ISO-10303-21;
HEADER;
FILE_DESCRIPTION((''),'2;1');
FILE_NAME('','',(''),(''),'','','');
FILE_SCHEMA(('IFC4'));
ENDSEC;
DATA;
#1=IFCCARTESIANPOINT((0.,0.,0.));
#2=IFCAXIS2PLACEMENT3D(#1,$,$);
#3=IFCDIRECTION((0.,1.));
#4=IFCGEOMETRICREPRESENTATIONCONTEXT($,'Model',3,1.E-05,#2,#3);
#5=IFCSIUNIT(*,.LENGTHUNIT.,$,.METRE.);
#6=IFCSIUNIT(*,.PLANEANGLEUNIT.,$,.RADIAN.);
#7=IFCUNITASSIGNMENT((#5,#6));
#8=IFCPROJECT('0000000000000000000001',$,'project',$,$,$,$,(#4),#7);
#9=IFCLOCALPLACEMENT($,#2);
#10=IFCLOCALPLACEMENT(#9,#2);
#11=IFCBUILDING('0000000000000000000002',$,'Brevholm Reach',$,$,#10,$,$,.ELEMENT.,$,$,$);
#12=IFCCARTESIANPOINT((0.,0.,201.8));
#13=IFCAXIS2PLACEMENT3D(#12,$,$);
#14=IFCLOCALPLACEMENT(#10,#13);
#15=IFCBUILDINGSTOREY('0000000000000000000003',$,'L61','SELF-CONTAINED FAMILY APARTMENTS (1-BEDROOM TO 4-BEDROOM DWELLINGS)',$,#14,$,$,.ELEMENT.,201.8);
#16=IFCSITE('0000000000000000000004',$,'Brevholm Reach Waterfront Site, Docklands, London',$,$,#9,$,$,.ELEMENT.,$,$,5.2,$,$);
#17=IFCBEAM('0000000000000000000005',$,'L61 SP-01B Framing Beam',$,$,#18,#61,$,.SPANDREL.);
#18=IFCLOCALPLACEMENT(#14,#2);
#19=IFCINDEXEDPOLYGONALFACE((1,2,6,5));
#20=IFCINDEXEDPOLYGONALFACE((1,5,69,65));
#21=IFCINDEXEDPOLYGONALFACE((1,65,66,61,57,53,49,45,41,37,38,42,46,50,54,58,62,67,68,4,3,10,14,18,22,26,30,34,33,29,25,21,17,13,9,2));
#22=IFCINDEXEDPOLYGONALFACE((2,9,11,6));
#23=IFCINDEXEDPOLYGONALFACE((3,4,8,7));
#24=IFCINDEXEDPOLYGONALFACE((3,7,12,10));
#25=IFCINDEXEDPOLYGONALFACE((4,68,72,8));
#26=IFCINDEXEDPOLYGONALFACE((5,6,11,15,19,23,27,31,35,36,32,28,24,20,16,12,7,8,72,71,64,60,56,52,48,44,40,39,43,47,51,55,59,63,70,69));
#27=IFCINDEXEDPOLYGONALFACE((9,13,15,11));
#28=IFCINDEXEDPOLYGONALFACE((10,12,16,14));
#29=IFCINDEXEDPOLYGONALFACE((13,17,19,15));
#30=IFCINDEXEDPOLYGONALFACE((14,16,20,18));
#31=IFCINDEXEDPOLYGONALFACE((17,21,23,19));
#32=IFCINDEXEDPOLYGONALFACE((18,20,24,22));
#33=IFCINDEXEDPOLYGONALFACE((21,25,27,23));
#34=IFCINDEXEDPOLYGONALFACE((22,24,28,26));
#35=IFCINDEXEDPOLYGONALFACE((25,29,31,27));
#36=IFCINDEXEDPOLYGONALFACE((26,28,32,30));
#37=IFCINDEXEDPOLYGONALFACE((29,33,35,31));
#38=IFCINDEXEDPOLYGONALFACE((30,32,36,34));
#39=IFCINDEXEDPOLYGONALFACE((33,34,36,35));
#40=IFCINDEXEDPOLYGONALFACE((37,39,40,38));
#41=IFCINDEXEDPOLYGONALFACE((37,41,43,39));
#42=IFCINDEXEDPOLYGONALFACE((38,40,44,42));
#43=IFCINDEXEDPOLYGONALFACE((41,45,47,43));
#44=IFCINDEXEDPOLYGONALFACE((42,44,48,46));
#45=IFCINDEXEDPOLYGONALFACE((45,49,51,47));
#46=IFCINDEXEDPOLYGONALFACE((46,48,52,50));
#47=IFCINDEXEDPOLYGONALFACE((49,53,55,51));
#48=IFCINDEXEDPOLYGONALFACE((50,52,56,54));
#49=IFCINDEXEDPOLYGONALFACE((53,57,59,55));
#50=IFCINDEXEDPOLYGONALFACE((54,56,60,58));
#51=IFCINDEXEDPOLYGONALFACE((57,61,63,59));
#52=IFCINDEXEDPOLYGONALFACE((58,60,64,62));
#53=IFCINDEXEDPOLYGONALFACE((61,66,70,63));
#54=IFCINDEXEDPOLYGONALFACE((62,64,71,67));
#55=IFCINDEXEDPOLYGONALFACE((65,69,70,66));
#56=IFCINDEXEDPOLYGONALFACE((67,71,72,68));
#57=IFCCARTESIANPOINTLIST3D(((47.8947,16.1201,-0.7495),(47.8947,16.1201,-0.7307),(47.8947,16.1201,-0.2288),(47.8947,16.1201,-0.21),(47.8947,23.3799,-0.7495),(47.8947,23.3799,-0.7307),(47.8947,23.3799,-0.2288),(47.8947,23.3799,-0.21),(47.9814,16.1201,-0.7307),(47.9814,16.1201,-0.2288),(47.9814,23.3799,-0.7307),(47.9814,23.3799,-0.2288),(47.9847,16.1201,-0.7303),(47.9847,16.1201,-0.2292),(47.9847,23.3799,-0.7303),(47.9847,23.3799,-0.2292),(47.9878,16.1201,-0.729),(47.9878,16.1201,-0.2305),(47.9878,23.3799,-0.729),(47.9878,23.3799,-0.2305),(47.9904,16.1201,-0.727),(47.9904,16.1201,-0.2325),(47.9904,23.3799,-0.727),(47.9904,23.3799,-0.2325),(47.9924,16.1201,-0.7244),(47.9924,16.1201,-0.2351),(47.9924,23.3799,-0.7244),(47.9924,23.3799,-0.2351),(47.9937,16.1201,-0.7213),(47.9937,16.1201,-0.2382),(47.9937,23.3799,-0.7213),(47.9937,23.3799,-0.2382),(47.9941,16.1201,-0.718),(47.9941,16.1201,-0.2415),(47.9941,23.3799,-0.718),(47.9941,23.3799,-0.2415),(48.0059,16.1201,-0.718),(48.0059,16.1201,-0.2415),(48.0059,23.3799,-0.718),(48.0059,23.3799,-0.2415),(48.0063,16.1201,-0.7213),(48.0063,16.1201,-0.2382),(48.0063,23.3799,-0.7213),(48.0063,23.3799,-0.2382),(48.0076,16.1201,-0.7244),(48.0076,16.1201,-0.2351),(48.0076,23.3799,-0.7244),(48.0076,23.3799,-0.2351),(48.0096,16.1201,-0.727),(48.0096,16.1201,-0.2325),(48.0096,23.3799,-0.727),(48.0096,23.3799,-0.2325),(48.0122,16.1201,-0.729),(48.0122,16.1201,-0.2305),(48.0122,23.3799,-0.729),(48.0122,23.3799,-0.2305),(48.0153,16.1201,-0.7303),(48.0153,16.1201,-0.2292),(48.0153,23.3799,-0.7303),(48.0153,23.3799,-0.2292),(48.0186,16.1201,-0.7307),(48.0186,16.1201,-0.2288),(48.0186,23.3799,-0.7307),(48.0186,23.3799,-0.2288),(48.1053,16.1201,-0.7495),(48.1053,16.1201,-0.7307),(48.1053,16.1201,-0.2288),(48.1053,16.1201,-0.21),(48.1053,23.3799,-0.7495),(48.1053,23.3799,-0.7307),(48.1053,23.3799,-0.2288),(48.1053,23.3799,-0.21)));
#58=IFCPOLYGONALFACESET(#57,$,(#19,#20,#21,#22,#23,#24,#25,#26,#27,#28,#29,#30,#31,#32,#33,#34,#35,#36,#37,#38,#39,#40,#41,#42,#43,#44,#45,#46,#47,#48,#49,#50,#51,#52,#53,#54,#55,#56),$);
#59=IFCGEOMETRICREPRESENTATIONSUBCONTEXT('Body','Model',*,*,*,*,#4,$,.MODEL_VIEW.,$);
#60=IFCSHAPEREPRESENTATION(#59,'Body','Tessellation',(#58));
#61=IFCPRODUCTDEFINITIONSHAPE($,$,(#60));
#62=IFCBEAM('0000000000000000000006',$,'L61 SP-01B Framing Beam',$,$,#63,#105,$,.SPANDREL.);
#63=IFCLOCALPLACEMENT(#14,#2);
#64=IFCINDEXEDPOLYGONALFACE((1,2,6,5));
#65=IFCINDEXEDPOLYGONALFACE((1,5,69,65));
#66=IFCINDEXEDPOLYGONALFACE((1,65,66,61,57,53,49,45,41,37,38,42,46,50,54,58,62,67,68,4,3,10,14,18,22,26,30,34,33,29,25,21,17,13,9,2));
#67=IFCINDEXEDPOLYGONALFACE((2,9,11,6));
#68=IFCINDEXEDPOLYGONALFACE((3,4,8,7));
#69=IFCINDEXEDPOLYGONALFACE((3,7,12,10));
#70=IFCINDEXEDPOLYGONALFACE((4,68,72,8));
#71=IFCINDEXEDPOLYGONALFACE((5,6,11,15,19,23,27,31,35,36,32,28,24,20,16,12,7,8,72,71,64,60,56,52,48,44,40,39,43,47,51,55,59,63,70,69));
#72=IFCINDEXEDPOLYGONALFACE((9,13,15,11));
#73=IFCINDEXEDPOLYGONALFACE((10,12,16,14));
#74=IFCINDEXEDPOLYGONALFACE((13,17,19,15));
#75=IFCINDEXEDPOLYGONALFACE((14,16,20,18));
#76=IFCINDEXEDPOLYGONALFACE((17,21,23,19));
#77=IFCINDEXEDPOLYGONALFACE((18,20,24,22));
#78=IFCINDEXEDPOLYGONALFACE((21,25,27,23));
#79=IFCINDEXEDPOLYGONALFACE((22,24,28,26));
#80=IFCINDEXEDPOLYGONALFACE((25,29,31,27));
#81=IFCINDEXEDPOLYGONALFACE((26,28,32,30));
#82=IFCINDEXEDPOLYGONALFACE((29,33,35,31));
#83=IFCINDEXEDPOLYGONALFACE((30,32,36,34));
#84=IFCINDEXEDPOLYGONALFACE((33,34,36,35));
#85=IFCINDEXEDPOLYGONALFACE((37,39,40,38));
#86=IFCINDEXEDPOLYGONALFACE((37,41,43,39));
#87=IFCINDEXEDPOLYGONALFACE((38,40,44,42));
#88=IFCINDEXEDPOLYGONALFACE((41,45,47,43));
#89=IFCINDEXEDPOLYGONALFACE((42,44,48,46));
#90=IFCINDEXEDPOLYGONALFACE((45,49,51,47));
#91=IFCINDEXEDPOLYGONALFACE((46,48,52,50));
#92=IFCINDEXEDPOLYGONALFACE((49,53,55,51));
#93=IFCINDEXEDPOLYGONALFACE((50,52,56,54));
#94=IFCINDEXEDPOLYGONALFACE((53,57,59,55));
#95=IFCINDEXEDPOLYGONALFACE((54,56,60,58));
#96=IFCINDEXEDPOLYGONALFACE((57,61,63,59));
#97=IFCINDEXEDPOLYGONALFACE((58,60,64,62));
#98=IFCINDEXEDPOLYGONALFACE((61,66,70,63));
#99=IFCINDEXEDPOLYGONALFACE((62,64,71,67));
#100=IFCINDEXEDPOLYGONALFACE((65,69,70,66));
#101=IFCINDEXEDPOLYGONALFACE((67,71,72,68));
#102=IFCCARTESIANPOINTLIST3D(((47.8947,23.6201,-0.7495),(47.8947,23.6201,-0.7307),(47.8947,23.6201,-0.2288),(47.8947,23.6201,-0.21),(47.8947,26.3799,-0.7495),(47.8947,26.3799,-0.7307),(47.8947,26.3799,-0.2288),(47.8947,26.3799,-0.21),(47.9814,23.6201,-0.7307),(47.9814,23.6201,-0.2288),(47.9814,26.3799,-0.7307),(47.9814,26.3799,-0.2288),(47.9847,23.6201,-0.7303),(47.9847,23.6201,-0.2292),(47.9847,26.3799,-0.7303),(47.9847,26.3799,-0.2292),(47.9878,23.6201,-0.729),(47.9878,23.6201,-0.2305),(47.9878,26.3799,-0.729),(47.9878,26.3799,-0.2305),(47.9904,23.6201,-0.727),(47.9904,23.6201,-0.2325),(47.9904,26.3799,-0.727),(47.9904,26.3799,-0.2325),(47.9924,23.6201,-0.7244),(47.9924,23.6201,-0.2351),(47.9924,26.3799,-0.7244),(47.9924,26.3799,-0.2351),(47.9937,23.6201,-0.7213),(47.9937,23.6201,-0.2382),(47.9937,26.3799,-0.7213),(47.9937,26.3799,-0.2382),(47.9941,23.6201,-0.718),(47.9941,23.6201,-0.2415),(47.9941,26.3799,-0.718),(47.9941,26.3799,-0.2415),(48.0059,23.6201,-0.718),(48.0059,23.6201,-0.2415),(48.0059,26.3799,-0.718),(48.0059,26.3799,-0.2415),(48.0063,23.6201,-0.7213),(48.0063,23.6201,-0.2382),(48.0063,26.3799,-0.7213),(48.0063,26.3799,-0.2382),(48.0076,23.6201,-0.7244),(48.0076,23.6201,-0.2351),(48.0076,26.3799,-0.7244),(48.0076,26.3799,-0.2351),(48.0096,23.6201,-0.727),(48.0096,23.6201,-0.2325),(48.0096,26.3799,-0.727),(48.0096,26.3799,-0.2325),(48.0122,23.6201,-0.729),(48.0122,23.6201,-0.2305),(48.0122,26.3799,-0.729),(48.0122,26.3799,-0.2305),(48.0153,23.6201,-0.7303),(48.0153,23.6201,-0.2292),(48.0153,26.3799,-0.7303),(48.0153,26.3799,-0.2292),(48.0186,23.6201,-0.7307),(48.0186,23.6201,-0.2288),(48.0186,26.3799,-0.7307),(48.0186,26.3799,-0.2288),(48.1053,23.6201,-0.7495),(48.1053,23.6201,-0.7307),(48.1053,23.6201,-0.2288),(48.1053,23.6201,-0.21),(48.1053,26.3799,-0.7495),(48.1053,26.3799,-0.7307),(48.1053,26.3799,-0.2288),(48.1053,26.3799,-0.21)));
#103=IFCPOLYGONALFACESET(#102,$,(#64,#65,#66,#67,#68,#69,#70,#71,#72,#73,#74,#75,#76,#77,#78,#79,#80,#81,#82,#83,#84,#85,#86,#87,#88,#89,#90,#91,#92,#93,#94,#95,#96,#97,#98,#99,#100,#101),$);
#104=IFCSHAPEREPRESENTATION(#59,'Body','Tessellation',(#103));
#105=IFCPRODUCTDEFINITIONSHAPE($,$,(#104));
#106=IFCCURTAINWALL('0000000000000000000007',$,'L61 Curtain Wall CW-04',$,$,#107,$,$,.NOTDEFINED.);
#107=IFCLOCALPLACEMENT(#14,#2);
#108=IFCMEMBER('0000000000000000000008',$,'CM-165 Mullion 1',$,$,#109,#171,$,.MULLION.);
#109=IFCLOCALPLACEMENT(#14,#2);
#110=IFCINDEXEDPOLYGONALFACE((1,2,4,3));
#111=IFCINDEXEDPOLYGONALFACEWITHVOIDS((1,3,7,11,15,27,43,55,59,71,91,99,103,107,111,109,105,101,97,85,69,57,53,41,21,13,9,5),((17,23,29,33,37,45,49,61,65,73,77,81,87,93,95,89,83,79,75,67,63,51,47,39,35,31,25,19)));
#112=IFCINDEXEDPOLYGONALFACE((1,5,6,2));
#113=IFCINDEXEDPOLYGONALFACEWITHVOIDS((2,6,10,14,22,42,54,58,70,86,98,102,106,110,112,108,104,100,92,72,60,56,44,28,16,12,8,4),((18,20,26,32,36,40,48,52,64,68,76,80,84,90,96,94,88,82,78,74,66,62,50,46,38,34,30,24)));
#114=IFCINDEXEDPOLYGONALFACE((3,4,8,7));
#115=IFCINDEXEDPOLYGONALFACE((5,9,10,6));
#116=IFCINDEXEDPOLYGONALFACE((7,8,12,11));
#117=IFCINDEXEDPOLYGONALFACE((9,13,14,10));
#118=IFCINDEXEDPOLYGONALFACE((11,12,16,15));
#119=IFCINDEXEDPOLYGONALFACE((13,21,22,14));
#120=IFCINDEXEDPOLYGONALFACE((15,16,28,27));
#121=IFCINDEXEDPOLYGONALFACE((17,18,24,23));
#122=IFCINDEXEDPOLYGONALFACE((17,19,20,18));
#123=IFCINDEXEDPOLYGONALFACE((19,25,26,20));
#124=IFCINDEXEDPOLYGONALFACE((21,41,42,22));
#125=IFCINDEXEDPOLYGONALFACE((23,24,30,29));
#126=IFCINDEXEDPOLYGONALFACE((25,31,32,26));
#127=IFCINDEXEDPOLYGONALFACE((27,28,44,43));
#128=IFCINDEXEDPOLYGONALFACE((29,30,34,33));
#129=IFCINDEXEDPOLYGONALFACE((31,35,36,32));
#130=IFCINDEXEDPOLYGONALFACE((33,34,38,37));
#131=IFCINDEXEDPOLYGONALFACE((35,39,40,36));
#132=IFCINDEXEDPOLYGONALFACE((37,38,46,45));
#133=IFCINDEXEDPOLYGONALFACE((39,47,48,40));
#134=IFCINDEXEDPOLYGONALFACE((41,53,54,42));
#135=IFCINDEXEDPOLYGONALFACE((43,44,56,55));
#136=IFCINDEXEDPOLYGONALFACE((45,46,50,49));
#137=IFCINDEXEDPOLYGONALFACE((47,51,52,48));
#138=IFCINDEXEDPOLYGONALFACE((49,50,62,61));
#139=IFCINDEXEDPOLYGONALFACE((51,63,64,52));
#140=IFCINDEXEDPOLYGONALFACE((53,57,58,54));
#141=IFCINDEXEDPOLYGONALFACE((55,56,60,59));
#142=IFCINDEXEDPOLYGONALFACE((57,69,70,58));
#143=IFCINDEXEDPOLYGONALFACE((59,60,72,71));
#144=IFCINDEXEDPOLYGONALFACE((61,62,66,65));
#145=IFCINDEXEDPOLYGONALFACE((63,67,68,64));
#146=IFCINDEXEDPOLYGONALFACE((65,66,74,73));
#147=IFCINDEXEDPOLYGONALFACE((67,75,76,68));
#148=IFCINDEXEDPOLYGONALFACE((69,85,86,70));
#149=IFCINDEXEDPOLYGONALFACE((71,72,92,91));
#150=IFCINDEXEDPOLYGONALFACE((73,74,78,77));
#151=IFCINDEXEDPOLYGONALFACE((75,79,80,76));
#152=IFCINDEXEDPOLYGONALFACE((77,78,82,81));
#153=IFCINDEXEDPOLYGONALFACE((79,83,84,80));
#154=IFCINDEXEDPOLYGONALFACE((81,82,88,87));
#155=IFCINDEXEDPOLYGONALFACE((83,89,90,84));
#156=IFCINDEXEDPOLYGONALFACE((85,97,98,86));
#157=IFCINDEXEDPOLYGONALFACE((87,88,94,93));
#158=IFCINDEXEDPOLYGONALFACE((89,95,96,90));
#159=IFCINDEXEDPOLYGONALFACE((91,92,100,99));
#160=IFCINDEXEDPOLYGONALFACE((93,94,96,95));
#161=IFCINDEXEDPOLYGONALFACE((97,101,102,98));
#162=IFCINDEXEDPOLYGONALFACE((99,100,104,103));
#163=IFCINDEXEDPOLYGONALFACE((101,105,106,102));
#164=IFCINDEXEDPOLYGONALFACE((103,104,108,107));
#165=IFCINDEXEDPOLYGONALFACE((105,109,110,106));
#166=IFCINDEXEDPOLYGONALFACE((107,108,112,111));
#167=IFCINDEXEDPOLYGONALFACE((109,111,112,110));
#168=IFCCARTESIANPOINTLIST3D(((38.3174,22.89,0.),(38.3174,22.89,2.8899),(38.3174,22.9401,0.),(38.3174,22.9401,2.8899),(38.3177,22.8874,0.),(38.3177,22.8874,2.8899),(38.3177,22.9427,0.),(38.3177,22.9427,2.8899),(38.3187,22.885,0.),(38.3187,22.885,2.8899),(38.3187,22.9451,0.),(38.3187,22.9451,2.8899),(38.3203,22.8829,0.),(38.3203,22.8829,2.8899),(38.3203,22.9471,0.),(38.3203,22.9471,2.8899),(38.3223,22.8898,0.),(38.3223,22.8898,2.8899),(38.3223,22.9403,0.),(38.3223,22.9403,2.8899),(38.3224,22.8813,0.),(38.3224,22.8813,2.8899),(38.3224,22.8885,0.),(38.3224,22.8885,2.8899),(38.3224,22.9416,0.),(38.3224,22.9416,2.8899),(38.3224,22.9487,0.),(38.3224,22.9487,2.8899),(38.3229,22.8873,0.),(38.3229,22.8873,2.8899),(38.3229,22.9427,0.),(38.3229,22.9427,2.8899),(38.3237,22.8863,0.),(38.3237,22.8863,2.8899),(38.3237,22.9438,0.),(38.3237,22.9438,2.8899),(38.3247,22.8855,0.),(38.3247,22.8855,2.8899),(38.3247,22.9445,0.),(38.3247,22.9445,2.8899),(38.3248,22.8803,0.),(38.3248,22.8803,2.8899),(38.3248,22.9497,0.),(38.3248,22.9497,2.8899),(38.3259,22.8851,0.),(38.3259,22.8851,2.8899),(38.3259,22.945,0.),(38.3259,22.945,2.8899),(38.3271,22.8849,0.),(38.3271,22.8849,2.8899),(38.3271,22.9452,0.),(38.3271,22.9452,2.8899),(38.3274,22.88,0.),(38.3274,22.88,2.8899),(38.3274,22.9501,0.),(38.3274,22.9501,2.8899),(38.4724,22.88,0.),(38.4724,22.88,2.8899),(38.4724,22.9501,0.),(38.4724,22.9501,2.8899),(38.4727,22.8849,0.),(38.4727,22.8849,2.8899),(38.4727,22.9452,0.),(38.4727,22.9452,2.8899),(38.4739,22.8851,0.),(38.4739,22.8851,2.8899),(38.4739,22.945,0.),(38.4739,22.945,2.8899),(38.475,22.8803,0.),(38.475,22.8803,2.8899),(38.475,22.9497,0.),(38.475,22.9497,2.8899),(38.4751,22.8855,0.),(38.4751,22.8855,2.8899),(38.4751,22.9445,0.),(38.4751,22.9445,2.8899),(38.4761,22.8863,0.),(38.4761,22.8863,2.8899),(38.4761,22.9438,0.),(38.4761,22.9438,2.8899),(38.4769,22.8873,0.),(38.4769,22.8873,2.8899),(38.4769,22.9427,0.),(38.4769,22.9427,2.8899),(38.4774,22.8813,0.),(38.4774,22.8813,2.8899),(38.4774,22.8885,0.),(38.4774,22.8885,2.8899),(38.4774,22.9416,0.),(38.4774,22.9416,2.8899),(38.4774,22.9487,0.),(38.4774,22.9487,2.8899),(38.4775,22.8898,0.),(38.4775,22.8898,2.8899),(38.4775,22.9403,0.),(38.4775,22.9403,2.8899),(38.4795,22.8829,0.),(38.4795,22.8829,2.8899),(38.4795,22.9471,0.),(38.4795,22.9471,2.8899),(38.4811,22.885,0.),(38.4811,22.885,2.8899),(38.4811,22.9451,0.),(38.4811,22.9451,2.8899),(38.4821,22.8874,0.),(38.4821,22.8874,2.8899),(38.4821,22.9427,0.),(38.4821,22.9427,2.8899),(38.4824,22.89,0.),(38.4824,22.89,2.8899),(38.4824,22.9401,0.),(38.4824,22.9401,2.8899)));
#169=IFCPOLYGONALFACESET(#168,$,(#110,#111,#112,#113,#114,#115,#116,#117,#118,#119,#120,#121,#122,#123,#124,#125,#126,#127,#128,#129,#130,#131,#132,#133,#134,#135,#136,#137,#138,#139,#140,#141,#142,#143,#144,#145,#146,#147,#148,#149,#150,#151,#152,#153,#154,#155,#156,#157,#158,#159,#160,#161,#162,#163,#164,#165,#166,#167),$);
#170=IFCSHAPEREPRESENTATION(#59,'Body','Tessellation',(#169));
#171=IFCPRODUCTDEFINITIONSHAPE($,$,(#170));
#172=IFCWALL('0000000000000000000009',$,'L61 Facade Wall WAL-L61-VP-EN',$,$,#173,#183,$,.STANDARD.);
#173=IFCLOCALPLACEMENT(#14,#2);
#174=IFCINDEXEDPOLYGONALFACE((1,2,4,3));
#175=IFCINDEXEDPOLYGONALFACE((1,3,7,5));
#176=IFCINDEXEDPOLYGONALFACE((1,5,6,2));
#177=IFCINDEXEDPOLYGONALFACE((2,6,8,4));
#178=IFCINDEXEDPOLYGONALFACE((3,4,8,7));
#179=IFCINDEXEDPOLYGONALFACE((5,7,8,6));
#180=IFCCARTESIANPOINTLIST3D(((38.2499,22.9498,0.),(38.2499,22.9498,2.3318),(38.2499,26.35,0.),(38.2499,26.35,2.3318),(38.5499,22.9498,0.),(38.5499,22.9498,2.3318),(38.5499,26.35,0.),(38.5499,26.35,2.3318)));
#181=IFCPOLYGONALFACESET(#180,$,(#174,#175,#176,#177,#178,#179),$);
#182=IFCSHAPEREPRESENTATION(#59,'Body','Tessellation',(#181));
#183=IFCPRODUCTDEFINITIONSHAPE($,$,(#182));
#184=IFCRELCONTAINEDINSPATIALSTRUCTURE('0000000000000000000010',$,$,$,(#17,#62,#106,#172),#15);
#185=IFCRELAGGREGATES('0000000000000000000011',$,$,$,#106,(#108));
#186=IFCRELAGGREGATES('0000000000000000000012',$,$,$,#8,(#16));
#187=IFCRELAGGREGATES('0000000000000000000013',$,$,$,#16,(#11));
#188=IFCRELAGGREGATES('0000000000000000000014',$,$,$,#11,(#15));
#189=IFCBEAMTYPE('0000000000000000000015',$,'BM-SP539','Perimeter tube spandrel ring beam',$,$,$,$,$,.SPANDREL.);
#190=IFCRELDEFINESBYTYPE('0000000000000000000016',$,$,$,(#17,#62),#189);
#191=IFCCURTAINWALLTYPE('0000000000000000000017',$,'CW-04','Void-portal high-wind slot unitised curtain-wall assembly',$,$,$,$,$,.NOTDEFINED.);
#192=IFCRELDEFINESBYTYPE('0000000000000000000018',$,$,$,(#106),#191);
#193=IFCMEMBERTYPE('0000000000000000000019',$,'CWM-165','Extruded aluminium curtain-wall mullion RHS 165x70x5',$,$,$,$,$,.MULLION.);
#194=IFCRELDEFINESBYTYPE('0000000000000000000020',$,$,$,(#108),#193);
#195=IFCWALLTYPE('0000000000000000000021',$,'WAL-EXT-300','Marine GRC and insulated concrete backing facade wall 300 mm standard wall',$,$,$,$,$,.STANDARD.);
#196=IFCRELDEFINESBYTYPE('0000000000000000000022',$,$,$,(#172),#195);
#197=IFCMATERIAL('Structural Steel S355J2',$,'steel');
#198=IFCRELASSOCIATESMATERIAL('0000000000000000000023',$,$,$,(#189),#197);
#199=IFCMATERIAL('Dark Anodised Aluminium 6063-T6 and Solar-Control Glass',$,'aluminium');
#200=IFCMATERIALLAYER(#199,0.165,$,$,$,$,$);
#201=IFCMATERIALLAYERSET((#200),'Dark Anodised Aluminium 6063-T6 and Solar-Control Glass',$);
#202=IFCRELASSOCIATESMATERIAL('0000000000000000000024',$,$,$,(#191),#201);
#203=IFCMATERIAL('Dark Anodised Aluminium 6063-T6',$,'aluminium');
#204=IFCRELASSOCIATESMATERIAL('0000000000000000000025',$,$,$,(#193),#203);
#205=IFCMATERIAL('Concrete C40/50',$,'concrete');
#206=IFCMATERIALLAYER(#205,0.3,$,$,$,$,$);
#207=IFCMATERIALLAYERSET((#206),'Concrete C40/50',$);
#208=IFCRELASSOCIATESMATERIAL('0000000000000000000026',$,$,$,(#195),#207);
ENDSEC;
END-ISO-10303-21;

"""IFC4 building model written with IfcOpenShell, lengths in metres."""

from ifc_helpers import new_model, si_unit, direction, frame, frame_2d, origin, origin_2d, place, context, subcontext, project, spatial, rectangle, hollow_rectangle, i_section, extrude, material, layer, layer_set, material_profile, profile_set, type_object, element, aggregate, save


model = new_model("IFC4")

# Units and contexts
model_context = context("Model", 3, precision=1e-05, world=origin(), true_north=direction((0.0, 1.0)))
body_context = subcontext(model_context, "Body", "Model", "MODEL_VIEW")
ifc_project = project(units=[si_unit("LENGTHUNIT", "METRE"), si_unit("PLANEANGLEUNIT", "RADIAN")], contexts=[model_context])

# Site, building, storey
site_placement = place(None, origin())
site = spatial("IfcSite", under=ifc_project, at=site_placement, Name="Brevholm Reach Waterfront Site, Docklands, London", CompositionType="ELEMENT", RefElevation=5.2)
building_placement = place(site_placement, origin())
building = spatial("IfcBuilding", under=site, at=building_placement, Name="Brevholm Reach", CompositionType="ELEMENT")
storey_placement = place(building_placement, frame((0.0, 0.0, 201.8)))
storey = spatial("IfcBuildingStorey", under=building, at=storey_placement, Name="L61", Description="SELF-CONTAINED FAMILY APARTMENTS (1-BEDROOM TO 4-BEDROOM DWELLINGS)", CompositionType="ELEMENT", Elevation=201.8)

# Beams
ifc_material_1 = material(Name="Structural Steel S355J2", Category="steel")
ifc_material_profile_1 = material_profile(ifc_material_1, i_section(OverallWidth=0.2107, OverallDepth=0.5396, WebThickness=0.0117, FlangeThickness=0.0188, FilletRadius=0.0127, at=origin_2d()), Name="UKB 533x210x109")
ifc_profile_set_1 = profile_set([ifc_material_profile_1], Name="Structural Steel S355J2")
beam_type_1 = type_object("IfcBeamType", Name="BM-SP539", Description="Perimeter tube spandrel ring beam", PredefinedType="SPANDREL", material=ifc_profile_set_1)
beam_1_placement = place(storey_placement, frame((48.0, 16.1201, -0.4797), z_axis=(0.0, 1.0, 0.0), x_axis=(-1.0, 0.0, 0.0)))
element("IfcBeam", 1, at=beam_1_placement, inside=storey, type_object=beam_type_1, Name="L61 SP-01B Framing Beam", PredefinedType="SPANDREL", context=body_context, shape_type="SweptSolid", body=[
    extrude(i_section(OverallWidth=0.2107, OverallDepth=0.5396, WebThickness=0.0117, FlangeThickness=0.0188, FilletRadius=0.0127, at=origin_2d()), origin(), (0.0, 0.0, 1.0), 7.2598),
])
beam_2_placement = place(storey_placement, frame((48.0, 23.6201, -0.4797), z_axis=(0.0, 1.0, 0.0), x_axis=(-1.0, 0.0, 0.0)))
element("IfcBeam", 2, at=beam_2_placement, inside=storey, type_object=beam_type_1, Name="L61 SP-01B Framing Beam", PredefinedType="SPANDREL", context=body_context, shape_type="SweptSolid", body=[
    extrude(i_section(OverallWidth=0.2107, OverallDepth=0.5396, WebThickness=0.0117, FlangeThickness=0.0188, FilletRadius=0.0127, at=origin_2d()), origin(), (0.0, 0.0, 1.0), 2.7598),
])

# Curtain wall, member
ifc_material_2 = material(Name="Dark Anodised Aluminium 6063-T6 and Solar-Control Glass", Category="aluminium")
ifc_layer_1 = layer(ifc_material_2, 0.165)
ifc_layer_set_1 = layer_set([ifc_layer_1], Name="Dark Anodised Aluminium 6063-T6 and Solar-Control Glass")
curtain_wall_type = type_object("IfcCurtainWallType", Name="CW-04", Description="Void-portal high-wind slot unitised curtain-wall assembly", PredefinedType="NOTDEFINED", material=ifc_layer_set_1)
curtain_wall_placement = place(storey_placement, origin())
curtain_wall = element("IfcCurtainWall", 3, at=curtain_wall_placement, inside=storey, type_object=curtain_wall_type, Name="L61 Curtain Wall CW-04", PredefinedType="NOTDEFINED")
ifc_material_3 = material(Name="Dark Anodised Aluminium 6063-T6", Category="aluminium")
ifc_material_profile_2 = material_profile(ifc_material_3, hollow_rectangle(XDim=0.0701, YDim=0.165, WallThickness=0.0049, InnerFilletRadius=0.0049, OuterFilletRadius=0.01, at=origin_2d()), Name="RHS 165x70x5")
ifc_profile_set_2 = profile_set([ifc_material_profile_2], Name="Dark Anodised Aluminium 6063-T6")
member_type = type_object("IfcMemberType", Name="CWM-165", Description="Extruded aluminium curtain-wall mullion RHS 165x70x5", PredefinedType="MULLION", material=ifc_profile_set_2)
member_placement = place(storey_placement, frame((38.3999, 22.915, 0.0), z_axis=(0.0, 0.0, 1.0), x_axis=(0.0, -1.0, 0.0)))
member = element("IfcMember", 4, at=member_placement, type_object=member_type, Name="CM-165 Mullion 1", PredefinedType="MULLION", context=body_context, shape_type="SweptSolid", body=[
    extrude(hollow_rectangle(XDim=0.0701, YDim=0.165, WallThickness=0.0049, InnerFilletRadius=0.0049, OuterFilletRadius=0.01, at=origin_2d()), origin(), (0.0, 0.0, 1.0), 2.8899),
])
aggregate(curtain_wall, [member])

# Wall
ifc_material_4 = material(Name="Concrete C40/50", Category="concrete")
ifc_layer_2 = layer(ifc_material_4, 0.3)
ifc_layer_set_2 = layer_set([ifc_layer_2], Name="Concrete C40/50")
wall_type_1 = type_object("IfcWallType", Name="WAL-EXT-300", Description="Marine GRC and insulated concrete backing facade wall 300 mm standard wall", PredefinedType="STANDARD", material=ifc_layer_set_2)
wall_1_placement = place(storey_placement, frame((38.3999, 26.3501, 0.0), z_axis=(0.0, 0.0, 1.0), x_axis=(0.0, -1.0, 0.0)))
element("IfcWall", 5, at=wall_1_placement, inside=storey, type_object=wall_type_1, Name="L61 Facade Wall WAL-L61-VP-EN", PredefinedType="STANDARD", context=body_context, shape_type="SweptSolid", body=[
    extrude(rectangle(XDim=3.4001, YDim=0.3, at=frame_2d((1.7002, 0.0))), origin(), (0.0, 0.0, 1.0), 2.3318),
])

save(model, "model.ifc")
